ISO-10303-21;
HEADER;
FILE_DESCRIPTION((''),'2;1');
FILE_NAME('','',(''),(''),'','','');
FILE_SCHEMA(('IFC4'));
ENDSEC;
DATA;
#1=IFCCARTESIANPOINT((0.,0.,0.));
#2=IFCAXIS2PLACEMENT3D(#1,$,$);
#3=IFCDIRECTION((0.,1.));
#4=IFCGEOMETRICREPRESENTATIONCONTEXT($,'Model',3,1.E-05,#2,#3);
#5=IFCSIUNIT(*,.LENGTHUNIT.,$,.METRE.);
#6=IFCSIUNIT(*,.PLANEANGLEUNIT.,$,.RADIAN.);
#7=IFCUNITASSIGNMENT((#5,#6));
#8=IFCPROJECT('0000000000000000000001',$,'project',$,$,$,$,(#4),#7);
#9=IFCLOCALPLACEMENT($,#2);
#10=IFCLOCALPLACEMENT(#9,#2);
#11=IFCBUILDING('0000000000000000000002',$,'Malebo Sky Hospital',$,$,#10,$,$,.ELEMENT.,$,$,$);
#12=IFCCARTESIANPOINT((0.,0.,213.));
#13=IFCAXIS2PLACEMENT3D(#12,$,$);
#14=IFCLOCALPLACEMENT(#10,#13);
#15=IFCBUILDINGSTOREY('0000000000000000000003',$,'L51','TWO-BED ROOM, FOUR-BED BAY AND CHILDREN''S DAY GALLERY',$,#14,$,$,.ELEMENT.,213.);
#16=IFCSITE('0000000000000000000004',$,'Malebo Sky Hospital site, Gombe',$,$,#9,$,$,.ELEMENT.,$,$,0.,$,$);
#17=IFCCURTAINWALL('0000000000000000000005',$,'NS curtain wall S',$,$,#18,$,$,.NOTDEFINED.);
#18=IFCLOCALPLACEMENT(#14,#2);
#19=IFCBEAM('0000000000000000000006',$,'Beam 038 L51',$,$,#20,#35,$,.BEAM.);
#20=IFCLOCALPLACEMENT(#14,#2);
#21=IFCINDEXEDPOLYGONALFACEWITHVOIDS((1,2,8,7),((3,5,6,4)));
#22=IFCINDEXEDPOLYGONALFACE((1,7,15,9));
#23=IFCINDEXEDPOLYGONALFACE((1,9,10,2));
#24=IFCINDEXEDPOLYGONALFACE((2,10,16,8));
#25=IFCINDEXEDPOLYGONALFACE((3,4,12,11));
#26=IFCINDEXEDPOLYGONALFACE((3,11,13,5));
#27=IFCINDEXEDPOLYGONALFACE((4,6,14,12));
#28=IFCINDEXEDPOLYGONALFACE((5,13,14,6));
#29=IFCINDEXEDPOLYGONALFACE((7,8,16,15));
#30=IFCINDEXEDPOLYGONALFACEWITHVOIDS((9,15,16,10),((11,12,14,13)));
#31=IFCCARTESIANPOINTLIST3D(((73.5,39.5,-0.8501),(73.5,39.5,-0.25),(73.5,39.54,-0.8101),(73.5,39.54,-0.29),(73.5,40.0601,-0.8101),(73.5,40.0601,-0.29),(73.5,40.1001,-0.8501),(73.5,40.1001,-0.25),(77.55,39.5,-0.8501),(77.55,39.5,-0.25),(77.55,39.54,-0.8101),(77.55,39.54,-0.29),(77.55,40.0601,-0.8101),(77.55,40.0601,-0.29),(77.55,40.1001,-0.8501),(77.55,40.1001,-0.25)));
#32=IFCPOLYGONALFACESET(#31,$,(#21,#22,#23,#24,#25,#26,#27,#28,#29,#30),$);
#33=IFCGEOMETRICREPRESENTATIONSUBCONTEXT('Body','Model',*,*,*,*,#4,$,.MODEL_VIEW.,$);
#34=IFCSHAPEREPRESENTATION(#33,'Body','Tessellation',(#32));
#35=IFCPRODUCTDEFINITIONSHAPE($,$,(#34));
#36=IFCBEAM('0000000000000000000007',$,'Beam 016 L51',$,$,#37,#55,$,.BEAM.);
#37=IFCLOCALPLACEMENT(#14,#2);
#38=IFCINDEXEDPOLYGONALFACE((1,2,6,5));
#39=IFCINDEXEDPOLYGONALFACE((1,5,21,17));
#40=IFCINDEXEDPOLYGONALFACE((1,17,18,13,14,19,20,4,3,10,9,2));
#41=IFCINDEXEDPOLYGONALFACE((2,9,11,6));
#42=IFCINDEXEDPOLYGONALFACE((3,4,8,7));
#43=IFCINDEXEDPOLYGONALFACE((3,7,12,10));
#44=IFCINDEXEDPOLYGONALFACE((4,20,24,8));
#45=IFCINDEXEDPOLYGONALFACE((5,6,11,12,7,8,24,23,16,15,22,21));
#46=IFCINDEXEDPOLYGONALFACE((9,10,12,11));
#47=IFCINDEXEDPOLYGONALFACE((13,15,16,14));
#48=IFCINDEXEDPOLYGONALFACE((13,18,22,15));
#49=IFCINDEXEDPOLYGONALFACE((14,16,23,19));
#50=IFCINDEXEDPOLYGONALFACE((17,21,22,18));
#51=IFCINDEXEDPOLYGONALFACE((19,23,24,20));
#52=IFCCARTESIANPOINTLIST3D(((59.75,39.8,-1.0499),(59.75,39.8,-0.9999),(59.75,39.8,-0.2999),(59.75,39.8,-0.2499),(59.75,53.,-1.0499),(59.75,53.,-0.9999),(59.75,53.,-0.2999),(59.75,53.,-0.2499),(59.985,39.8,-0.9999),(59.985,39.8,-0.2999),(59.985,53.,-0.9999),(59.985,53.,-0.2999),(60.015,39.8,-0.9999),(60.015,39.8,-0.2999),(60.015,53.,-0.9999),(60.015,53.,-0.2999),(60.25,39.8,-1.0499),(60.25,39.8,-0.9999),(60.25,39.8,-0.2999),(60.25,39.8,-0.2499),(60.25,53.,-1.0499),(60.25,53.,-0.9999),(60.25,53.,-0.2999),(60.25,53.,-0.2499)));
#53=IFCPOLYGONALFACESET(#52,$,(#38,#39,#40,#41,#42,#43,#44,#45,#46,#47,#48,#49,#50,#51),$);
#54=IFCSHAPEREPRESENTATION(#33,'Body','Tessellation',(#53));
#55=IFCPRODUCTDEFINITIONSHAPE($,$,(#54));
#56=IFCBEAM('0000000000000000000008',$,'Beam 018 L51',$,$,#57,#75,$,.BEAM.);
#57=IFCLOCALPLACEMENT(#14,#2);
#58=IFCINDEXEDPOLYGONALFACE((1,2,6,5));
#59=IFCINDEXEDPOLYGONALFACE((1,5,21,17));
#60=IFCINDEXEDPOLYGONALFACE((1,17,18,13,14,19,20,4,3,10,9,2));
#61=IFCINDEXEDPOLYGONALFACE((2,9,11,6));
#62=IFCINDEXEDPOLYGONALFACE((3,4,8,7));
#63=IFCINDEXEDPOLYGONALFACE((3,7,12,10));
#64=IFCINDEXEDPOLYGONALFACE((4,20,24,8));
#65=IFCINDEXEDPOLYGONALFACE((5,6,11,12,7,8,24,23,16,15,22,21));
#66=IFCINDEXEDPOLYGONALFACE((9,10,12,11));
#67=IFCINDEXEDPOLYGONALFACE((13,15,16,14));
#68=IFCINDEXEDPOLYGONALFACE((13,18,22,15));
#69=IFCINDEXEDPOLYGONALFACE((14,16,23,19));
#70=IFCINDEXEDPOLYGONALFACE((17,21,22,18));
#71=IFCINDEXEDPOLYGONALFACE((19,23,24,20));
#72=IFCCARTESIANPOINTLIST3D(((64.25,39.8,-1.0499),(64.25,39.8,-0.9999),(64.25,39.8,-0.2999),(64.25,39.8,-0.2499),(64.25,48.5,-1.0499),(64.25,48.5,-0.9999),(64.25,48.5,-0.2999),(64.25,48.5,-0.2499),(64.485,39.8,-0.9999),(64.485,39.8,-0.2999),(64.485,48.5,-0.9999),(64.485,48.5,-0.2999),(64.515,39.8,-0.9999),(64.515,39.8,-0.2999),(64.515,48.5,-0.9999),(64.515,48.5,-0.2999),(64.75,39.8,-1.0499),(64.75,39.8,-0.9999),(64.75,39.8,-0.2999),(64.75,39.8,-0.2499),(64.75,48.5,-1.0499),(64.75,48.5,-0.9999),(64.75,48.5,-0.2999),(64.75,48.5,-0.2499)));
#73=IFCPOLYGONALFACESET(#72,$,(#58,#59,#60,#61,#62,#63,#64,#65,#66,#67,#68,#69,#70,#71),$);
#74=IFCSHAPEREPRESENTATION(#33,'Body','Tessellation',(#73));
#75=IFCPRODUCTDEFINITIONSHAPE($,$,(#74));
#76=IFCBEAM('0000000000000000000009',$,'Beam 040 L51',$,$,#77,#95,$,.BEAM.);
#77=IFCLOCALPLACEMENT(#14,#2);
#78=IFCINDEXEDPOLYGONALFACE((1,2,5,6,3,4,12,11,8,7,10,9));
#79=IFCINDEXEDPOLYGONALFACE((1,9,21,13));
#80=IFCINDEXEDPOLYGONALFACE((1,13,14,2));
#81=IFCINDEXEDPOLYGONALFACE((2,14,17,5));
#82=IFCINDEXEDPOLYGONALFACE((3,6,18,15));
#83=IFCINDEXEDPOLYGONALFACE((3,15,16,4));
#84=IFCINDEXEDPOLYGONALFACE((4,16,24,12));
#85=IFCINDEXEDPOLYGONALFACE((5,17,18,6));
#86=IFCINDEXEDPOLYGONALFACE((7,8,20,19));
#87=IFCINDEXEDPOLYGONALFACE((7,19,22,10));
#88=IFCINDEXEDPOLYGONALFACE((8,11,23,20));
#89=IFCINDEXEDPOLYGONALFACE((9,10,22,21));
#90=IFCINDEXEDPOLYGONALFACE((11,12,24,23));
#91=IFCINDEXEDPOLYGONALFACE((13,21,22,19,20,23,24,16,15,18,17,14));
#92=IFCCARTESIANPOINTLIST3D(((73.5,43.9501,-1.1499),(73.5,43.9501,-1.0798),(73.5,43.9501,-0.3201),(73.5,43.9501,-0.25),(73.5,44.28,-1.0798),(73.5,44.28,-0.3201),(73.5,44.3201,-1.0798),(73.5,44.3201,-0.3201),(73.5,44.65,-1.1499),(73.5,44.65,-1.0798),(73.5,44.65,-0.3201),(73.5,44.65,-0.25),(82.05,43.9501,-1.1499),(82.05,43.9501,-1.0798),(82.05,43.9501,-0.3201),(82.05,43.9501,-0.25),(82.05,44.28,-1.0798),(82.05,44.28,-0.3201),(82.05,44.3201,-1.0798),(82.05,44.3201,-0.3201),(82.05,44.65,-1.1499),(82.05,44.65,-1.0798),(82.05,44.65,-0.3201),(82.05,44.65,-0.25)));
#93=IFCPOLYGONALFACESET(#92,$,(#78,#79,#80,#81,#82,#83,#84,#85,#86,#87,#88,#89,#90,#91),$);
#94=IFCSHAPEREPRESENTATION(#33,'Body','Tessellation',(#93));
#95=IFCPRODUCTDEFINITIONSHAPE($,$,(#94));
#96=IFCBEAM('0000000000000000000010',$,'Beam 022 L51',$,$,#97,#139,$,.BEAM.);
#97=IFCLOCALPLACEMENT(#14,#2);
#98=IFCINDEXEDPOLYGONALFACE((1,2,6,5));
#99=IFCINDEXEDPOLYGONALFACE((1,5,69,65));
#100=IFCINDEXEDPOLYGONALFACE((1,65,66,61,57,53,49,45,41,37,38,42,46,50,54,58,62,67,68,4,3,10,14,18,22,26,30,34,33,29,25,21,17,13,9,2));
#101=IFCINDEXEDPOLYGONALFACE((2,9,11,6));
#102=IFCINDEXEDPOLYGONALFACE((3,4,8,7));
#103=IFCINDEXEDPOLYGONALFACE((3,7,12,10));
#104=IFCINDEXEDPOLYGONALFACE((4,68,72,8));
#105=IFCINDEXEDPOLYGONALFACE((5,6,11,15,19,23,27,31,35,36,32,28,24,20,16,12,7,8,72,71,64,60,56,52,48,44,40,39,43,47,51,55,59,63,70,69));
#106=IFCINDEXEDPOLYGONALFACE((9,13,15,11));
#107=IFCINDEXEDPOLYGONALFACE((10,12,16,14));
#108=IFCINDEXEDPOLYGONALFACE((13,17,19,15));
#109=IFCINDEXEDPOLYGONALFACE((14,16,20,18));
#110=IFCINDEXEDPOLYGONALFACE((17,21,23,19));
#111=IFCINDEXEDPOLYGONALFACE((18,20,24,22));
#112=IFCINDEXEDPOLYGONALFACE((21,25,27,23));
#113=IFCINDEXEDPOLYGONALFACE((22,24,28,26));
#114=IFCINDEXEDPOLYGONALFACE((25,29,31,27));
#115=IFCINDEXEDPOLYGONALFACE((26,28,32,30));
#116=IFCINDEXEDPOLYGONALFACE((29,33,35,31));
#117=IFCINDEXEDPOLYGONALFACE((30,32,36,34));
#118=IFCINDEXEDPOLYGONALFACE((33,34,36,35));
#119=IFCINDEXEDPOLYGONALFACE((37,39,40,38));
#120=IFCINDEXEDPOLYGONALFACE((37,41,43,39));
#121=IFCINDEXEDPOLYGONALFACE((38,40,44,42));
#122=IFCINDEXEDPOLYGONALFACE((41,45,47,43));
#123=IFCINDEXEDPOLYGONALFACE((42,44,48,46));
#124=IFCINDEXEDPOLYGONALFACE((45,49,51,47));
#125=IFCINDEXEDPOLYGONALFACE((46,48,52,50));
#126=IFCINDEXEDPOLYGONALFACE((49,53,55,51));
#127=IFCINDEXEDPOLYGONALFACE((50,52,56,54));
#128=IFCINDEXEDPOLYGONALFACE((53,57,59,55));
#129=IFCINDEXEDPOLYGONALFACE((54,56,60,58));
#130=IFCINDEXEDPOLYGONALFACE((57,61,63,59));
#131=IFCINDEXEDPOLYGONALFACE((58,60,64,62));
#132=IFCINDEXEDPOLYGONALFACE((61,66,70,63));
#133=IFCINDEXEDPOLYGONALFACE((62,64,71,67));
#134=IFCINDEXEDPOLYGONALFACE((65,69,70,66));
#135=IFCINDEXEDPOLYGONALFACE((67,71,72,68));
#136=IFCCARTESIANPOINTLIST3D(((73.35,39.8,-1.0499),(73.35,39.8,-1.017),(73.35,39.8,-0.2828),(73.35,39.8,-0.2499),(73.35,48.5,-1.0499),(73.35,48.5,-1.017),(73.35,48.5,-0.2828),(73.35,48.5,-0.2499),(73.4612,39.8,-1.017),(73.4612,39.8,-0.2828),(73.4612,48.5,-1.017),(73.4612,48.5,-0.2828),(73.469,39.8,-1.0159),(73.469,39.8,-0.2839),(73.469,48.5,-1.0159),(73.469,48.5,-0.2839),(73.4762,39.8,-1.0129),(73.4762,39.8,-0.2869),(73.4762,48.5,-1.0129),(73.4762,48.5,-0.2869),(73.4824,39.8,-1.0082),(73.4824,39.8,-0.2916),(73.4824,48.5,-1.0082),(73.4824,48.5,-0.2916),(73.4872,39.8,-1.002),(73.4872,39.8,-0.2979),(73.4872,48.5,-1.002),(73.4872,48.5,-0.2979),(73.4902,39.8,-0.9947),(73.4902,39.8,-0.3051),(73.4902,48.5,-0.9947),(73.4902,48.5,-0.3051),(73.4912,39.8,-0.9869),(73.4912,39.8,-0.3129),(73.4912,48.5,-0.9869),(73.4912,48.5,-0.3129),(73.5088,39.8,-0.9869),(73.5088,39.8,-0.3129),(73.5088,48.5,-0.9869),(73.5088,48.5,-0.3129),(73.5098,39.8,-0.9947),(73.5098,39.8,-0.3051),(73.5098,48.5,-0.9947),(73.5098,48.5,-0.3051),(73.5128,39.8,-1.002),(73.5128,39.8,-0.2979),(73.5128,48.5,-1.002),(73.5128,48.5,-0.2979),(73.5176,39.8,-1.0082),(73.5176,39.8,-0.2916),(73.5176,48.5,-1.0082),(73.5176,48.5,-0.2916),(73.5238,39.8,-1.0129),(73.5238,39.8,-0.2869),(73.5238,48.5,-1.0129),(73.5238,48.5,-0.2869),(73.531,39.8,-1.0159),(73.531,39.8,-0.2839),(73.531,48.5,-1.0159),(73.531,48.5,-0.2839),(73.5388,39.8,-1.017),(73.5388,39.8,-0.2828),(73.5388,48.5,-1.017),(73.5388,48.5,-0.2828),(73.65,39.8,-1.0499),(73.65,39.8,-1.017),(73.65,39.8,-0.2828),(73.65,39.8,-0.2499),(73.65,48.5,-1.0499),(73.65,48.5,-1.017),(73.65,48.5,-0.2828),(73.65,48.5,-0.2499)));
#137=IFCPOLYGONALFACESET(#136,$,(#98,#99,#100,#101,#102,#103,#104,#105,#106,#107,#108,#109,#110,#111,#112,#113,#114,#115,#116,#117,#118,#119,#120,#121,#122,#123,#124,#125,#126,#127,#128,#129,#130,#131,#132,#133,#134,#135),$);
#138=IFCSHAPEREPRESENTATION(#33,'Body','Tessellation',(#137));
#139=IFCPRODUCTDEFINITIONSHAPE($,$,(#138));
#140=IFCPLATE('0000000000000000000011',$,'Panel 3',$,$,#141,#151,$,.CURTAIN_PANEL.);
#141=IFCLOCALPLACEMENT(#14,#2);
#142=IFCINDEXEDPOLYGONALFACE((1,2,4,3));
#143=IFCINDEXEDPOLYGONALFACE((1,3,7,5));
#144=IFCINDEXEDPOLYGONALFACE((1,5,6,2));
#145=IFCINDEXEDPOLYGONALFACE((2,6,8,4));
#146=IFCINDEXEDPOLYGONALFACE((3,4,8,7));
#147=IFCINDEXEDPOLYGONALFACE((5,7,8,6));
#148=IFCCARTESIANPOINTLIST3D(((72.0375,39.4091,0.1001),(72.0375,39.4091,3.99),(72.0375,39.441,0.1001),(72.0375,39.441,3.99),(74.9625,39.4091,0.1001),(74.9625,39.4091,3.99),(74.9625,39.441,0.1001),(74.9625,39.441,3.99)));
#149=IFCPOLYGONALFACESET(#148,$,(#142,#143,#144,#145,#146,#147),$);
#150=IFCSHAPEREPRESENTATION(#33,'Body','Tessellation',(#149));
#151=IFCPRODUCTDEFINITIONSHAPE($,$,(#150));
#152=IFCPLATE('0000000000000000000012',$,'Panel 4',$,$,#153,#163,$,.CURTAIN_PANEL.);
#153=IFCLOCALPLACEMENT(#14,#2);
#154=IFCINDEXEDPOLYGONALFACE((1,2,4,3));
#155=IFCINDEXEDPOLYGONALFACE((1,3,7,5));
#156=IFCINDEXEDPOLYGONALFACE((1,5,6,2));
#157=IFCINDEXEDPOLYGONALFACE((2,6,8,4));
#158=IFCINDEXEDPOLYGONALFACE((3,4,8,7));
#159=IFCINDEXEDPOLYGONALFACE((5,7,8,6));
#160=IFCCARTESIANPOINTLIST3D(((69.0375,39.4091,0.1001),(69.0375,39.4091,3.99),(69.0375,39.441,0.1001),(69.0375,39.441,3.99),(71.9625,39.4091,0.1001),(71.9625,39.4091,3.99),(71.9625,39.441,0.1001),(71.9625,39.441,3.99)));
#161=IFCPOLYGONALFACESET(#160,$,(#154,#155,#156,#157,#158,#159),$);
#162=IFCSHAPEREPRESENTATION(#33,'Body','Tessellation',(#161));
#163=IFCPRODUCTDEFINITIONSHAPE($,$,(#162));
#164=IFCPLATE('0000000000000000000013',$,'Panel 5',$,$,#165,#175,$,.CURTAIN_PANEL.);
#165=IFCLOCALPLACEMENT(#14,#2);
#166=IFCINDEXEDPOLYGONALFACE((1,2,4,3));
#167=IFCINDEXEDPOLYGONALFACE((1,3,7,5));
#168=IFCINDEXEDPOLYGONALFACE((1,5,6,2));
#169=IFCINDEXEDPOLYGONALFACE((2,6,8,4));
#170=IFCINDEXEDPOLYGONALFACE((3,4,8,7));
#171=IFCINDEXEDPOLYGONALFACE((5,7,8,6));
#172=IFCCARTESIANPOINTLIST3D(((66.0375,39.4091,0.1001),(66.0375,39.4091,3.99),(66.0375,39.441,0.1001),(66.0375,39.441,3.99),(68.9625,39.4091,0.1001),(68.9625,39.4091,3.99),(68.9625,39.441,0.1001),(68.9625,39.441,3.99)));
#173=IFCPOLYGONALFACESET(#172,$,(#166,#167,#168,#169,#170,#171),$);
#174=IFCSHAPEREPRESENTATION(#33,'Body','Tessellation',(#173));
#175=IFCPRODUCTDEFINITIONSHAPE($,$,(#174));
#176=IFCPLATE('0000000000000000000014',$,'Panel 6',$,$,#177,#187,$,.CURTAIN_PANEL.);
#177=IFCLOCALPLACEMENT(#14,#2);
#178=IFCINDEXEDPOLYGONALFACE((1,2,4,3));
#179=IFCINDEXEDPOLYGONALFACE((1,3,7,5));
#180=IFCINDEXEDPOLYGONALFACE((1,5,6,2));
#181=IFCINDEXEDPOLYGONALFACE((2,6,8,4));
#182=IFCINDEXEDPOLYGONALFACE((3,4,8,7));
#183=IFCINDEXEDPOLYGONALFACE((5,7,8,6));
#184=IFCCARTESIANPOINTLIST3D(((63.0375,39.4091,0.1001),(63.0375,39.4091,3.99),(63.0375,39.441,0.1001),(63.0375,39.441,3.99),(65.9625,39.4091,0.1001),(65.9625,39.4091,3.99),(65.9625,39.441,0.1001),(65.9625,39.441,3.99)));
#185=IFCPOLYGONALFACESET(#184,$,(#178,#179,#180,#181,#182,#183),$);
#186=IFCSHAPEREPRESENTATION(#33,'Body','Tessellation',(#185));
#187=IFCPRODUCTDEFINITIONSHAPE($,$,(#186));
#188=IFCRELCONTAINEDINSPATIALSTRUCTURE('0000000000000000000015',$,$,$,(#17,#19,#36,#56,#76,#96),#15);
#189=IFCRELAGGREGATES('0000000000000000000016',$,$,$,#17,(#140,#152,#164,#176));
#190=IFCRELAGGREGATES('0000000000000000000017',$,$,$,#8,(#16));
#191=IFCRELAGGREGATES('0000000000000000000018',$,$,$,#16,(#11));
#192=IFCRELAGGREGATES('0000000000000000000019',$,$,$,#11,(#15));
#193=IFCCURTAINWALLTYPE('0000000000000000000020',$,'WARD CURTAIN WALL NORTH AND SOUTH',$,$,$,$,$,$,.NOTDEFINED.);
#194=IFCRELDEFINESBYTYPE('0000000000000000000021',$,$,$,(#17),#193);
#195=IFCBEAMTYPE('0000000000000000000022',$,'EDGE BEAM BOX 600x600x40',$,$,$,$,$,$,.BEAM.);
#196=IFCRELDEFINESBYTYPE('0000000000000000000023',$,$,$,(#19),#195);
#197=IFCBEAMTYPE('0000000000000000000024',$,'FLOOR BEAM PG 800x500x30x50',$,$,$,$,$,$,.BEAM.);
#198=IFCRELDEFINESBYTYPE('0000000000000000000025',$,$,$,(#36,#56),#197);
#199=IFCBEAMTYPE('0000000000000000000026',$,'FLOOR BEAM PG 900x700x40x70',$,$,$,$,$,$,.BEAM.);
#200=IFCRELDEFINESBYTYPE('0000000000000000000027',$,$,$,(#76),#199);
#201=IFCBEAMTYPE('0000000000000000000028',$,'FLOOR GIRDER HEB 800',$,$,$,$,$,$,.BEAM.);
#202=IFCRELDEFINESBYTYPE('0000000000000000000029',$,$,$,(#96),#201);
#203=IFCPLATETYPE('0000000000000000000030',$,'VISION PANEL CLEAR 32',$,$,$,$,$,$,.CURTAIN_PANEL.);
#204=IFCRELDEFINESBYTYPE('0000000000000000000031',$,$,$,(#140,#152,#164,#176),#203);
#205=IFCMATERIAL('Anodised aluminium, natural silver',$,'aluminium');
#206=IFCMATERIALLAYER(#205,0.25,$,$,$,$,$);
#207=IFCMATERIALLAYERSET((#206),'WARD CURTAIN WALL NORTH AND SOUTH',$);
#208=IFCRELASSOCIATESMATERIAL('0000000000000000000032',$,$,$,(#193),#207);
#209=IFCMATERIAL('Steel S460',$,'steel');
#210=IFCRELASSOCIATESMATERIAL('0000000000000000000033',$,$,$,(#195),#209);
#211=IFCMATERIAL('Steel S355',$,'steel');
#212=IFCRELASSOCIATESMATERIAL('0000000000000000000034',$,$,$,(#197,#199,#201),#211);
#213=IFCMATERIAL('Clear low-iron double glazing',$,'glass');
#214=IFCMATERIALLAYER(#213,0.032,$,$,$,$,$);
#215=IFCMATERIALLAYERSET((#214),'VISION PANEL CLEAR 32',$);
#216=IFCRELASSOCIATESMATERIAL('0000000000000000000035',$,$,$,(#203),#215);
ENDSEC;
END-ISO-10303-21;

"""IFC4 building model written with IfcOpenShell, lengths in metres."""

from ifc_helpers import new_model, si_unit, direction, frame, origin, origin_2d, place, context, subcontext, project, spatial, rectangle, hollow_rectangle, i_section, extrude, material, layer, layer_set, material_profile, profile_set, type_object, element, aggregate, save


model = new_model("IFC4")

# Units and contexts
model_context = context("Model", 3, precision=1e-05, world=origin(), true_north=direction((0.0, 1.0)))
body_context = subcontext(model_context, "Body", "Model", "MODEL_VIEW")
ifc_project = project(units=[si_unit("LENGTHUNIT", "METRE"), si_unit("PLANEANGLEUNIT", "RADIAN")], contexts=[model_context])

# Site, building, storey
site_placement = place(None, origin())
site = spatial("IfcSite", under=ifc_project, at=site_placement, Name="Malebo Sky Hospital site, Gombe", CompositionType="ELEMENT", RefElevation=0.0)
building_placement = place(site_placement, origin())
building = spatial("IfcBuilding", under=site, at=building_placement, Name="Malebo Sky Hospital", CompositionType="ELEMENT")
storey_placement = place(building_placement, frame((0.0, 0.0, 213.0)))
storey = spatial("IfcBuildingStorey", under=building, at=storey_placement, Name="L51", Description="TWO-BED ROOM, FOUR-BED BAY AND CHILDREN'S DAY GALLERY", CompositionType="ELEMENT", Elevation=213.0)

# Shared definitions
ifc_material_1 = material(Name="Steel S460", Category="steel")

# Curtain wall
ifc_material_2 = material(Name="Anodised aluminium, natural silver", Category="aluminium")
ifc_layer_1 = layer(ifc_material_2, 0.25)
ifc_layer_set_1 = layer_set([ifc_layer_1], Name="WARD CURTAIN WALL NORTH AND SOUTH")
curtain_wall_type = type_object("IfcCurtainWallType", Name="WARD CURTAIN WALL NORTH AND SOUTH", PredefinedType="NOTDEFINED", material=ifc_layer_set_1)
curtain_wall_placement = place(storey_placement, origin())
curtain_wall = element("IfcCurtainWall", 1, at=curtain_wall_placement, inside=storey, type_object=curtain_wall_type, Name="NS curtain wall S", PredefinedType="NOTDEFINED")

# Beams
ifc_material_profile_1 = material_profile(ifc_material_1, hollow_rectangle(XDim=0.6001, YDim=0.6001, WallThickness=0.04, at=origin_2d()), Name="BOX 600x600x40")
ifc_profile_set_1 = profile_set([ifc_material_profile_1], Name="Steel S460")
beam_type_1 = type_object("IfcBeamType", Name="EDGE BEAM BOX 600x600x40", PredefinedType="BEAM", material=ifc_profile_set_1)
beam_1_placement = place(storey_placement, frame((73.5, 39.8, -0.55), z_axis=(1.0, 0.0, 0.0), x_axis=(0.0, 1.0, 0.0)))
element("IfcBeam", 2, at=beam_1_placement, inside=storey, type_object=beam_type_1, Name="Beam 038 L51", PredefinedType="BEAM", context=body_context, shape_type="SweptSolid", body=[
    extrude(hollow_rectangle(XDim=0.6001, YDim=0.6001, WallThickness=0.04, at=origin_2d()), origin(), (0.0, 0.0, 1.0), 4.05),
])
ifc_material_3 = material(Name="Steel S355", Category="steel")
ifc_material_profile_2 = material_profile(ifc_material_3, i_section(OverallWidth=0.5, OverallDepth=0.8, WebThickness=0.03, FlangeThickness=0.05, at=origin_2d()), Name="PG 800x500x30x50")
ifc_profile_set_2 = profile_set([ifc_material_profile_2], Name="Steel S355")
beam_type_2 = type_object("IfcBeamType", Name="FLOOR BEAM PG 800x500x30x50", PredefinedType="BEAM", material=ifc_profile_set_2)
beam_2_placement = place(storey_placement, frame((60.0, 39.8, -0.6499), z_axis=(0.0, 1.0, 0.0), x_axis=(-1.0, 0.0, 0.0)))
element("IfcBeam", 3, at=beam_2_placement, inside=storey, type_object=beam_type_2, Name="Beam 016 L51", PredefinedType="BEAM", context=body_context, shape_type="SweptSolid", body=[
    extrude(i_section(OverallWidth=0.5, OverallDepth=0.8, WebThickness=0.03, FlangeThickness=0.05, at=origin_2d()), origin(), (0.0, 0.0, 1.0), 13.2),
])
beam_3_placement = place(storey_placement, frame((64.5, 39.8, -0.6499), z_axis=(0.0, 1.0, 0.0), x_axis=(-1.0, 0.0, 0.0)))
element("IfcBeam", 4, at=beam_3_placement, inside=storey, type_object=beam_type_2, Name="Beam 018 L51", PredefinedType="BEAM", context=body_context, shape_type="SweptSolid", body=[
    extrude(i_section(OverallWidth=0.5, OverallDepth=0.8, WebThickness=0.03, FlangeThickness=0.05, at=origin_2d()), origin(), (0.0, 0.0, 1.0), 8.7),
])
ifc_material_profile_3 = material_profile(ifc_material_3, i_section(OverallWidth=0.7, OverallDepth=0.8999, WebThickness=0.04, FlangeThickness=0.0701, at=origin_2d()), Name="PG 900x700x40x70")
ifc_profile_set_3 = profile_set([ifc_material_profile_3], Name="Steel S355")
beam_type_3 = type_object("IfcBeamType", Name="FLOOR BEAM PG 900x700x40x70", PredefinedType="BEAM", material=ifc_profile_set_3)
beam_4_placement = place(storey_placement, frame((73.5, 44.3, -0.7), z_axis=(1.0, 0.0, 0.0), x_axis=(0.0, 1.0, 0.0)))
element("IfcBeam", 5, at=beam_4_placement, inside=storey, type_object=beam_type_3, Name="Beam 040 L51", PredefinedType="BEAM", context=body_context, shape_type="SweptSolid", body=[
    extrude(i_section(OverallWidth=0.7, OverallDepth=0.8999, WebThickness=0.04, FlangeThickness=0.0701, at=origin_2d()), origin(), (0.0, 0.0, 1.0), 8.55),
])
ifc_material_profile_4 = material_profile(ifc_material_3, i_section(OverallWidth=0.3, OverallDepth=0.8, WebThickness=0.0176, FlangeThickness=0.033, FilletRadius=0.03, at=origin_2d()), Name="HEB 800")
ifc_profile_set_4 = profile_set([ifc_material_profile_4], Name="Steel S355")
beam_type_4 = type_object("IfcBeamType", Name="FLOOR GIRDER HEB 800", PredefinedType="BEAM", material=ifc_profile_set_4)
beam_5_placement = place(storey_placement, frame((73.5, 39.8, -0.6499), z_axis=(0.0, 1.0, 0.0), x_axis=(-1.0, 0.0, 0.0)))
element("IfcBeam", 6, at=beam_5_placement, inside=storey, type_object=beam_type_4, Name="Beam 022 L51", PredefinedType="BEAM", context=body_context, shape_type="SweptSolid", body=[
    extrude(i_section(OverallWidth=0.3, OverallDepth=0.8, WebThickness=0.0176, FlangeThickness=0.033, FilletRadius=0.03, at=origin_2d()), origin(), (0.0, 0.0, 1.0), 8.7),
])

# Plates
ifc_material_4 = material(Name="Clear low-iron double glazing", Category="glass")
ifc_layer_2 = layer(ifc_material_4, 0.032)
ifc_layer_set_2 = layer_set([ifc_layer_2], Name="VISION PANEL CLEAR 32")
plate_type = type_object("IfcPlateType", Name="VISION PANEL CLEAR 32", PredefinedType="CURTAIN_PANEL", material=ifc_layer_set_2)
plate_1_placement = place(storey_placement, frame((73.5, 39.425, 0.1001), z_axis=(0.0, 0.0, 1.0), x_axis=(-1.0, 0.0, 0.0)))
plate_1 = element("IfcPlate", 7, at=plate_1_placement, type_object=plate_type, Name="Panel 3", PredefinedType="CURTAIN_PANEL", context=body_context, shape_type="SweptSolid", body=[
    extrude(rectangle(XDim=2.925, YDim=0.032, at=origin_2d()), origin(), (0.0, 0.0, 1.0), 3.8899),
])
plate_2_placement = place(storey_placement, frame((70.5, 39.425, 0.1001), z_axis=(0.0, 0.0, 1.0), x_axis=(-1.0, 0.0, 0.0)))
plate_2 = element("IfcPlate", 8, at=plate_2_placement, type_object=plate_type, Name="Panel 4", PredefinedType="CURTAIN_PANEL", context=body_context, shape_type="SweptSolid", body=[
    extrude(rectangle(XDim=2.925, YDim=0.032, at=origin_2d()), origin(), (0.0, 0.0, 1.0), 3.8899),
])
plate_3_placement = place(storey_placement, frame((67.5, 39.425, 0.1001), z_axis=(0.0, 0.0, 1.0), x_axis=(-1.0, 0.0, 0.0)))
plate_3 = element("IfcPlate", 9, at=plate_3_placement, type_object=plate_type, Name="Panel 5", PredefinedType="CURTAIN_PANEL", context=body_context, shape_type="SweptSolid", body=[
    extrude(rectangle(XDim=2.925, YDim=0.032, at=origin_2d()), origin(), (0.0, 0.0, 1.0), 3.8899),
])
plate_4_placement = place(storey_placement, frame((64.5, 39.425, 0.1001), z_axis=(0.0, 0.0, 1.0), x_axis=(-1.0, 0.0, 0.0)))
plate_4 = element("IfcPlate", 10, at=plate_4_placement, type_object=plate_type, Name="Panel 6", PredefinedType="CURTAIN_PANEL", context=body_context, shape_type="SweptSolid", body=[
    extrude(rectangle(XDim=2.925, YDim=0.032, at=origin_2d()), origin(), (0.0, 0.0, 1.0), 3.8899),
])
aggregate(curtain_wall, [plate_1, plate_2, plate_3, plate_4])

save(model, "model.ifc")
